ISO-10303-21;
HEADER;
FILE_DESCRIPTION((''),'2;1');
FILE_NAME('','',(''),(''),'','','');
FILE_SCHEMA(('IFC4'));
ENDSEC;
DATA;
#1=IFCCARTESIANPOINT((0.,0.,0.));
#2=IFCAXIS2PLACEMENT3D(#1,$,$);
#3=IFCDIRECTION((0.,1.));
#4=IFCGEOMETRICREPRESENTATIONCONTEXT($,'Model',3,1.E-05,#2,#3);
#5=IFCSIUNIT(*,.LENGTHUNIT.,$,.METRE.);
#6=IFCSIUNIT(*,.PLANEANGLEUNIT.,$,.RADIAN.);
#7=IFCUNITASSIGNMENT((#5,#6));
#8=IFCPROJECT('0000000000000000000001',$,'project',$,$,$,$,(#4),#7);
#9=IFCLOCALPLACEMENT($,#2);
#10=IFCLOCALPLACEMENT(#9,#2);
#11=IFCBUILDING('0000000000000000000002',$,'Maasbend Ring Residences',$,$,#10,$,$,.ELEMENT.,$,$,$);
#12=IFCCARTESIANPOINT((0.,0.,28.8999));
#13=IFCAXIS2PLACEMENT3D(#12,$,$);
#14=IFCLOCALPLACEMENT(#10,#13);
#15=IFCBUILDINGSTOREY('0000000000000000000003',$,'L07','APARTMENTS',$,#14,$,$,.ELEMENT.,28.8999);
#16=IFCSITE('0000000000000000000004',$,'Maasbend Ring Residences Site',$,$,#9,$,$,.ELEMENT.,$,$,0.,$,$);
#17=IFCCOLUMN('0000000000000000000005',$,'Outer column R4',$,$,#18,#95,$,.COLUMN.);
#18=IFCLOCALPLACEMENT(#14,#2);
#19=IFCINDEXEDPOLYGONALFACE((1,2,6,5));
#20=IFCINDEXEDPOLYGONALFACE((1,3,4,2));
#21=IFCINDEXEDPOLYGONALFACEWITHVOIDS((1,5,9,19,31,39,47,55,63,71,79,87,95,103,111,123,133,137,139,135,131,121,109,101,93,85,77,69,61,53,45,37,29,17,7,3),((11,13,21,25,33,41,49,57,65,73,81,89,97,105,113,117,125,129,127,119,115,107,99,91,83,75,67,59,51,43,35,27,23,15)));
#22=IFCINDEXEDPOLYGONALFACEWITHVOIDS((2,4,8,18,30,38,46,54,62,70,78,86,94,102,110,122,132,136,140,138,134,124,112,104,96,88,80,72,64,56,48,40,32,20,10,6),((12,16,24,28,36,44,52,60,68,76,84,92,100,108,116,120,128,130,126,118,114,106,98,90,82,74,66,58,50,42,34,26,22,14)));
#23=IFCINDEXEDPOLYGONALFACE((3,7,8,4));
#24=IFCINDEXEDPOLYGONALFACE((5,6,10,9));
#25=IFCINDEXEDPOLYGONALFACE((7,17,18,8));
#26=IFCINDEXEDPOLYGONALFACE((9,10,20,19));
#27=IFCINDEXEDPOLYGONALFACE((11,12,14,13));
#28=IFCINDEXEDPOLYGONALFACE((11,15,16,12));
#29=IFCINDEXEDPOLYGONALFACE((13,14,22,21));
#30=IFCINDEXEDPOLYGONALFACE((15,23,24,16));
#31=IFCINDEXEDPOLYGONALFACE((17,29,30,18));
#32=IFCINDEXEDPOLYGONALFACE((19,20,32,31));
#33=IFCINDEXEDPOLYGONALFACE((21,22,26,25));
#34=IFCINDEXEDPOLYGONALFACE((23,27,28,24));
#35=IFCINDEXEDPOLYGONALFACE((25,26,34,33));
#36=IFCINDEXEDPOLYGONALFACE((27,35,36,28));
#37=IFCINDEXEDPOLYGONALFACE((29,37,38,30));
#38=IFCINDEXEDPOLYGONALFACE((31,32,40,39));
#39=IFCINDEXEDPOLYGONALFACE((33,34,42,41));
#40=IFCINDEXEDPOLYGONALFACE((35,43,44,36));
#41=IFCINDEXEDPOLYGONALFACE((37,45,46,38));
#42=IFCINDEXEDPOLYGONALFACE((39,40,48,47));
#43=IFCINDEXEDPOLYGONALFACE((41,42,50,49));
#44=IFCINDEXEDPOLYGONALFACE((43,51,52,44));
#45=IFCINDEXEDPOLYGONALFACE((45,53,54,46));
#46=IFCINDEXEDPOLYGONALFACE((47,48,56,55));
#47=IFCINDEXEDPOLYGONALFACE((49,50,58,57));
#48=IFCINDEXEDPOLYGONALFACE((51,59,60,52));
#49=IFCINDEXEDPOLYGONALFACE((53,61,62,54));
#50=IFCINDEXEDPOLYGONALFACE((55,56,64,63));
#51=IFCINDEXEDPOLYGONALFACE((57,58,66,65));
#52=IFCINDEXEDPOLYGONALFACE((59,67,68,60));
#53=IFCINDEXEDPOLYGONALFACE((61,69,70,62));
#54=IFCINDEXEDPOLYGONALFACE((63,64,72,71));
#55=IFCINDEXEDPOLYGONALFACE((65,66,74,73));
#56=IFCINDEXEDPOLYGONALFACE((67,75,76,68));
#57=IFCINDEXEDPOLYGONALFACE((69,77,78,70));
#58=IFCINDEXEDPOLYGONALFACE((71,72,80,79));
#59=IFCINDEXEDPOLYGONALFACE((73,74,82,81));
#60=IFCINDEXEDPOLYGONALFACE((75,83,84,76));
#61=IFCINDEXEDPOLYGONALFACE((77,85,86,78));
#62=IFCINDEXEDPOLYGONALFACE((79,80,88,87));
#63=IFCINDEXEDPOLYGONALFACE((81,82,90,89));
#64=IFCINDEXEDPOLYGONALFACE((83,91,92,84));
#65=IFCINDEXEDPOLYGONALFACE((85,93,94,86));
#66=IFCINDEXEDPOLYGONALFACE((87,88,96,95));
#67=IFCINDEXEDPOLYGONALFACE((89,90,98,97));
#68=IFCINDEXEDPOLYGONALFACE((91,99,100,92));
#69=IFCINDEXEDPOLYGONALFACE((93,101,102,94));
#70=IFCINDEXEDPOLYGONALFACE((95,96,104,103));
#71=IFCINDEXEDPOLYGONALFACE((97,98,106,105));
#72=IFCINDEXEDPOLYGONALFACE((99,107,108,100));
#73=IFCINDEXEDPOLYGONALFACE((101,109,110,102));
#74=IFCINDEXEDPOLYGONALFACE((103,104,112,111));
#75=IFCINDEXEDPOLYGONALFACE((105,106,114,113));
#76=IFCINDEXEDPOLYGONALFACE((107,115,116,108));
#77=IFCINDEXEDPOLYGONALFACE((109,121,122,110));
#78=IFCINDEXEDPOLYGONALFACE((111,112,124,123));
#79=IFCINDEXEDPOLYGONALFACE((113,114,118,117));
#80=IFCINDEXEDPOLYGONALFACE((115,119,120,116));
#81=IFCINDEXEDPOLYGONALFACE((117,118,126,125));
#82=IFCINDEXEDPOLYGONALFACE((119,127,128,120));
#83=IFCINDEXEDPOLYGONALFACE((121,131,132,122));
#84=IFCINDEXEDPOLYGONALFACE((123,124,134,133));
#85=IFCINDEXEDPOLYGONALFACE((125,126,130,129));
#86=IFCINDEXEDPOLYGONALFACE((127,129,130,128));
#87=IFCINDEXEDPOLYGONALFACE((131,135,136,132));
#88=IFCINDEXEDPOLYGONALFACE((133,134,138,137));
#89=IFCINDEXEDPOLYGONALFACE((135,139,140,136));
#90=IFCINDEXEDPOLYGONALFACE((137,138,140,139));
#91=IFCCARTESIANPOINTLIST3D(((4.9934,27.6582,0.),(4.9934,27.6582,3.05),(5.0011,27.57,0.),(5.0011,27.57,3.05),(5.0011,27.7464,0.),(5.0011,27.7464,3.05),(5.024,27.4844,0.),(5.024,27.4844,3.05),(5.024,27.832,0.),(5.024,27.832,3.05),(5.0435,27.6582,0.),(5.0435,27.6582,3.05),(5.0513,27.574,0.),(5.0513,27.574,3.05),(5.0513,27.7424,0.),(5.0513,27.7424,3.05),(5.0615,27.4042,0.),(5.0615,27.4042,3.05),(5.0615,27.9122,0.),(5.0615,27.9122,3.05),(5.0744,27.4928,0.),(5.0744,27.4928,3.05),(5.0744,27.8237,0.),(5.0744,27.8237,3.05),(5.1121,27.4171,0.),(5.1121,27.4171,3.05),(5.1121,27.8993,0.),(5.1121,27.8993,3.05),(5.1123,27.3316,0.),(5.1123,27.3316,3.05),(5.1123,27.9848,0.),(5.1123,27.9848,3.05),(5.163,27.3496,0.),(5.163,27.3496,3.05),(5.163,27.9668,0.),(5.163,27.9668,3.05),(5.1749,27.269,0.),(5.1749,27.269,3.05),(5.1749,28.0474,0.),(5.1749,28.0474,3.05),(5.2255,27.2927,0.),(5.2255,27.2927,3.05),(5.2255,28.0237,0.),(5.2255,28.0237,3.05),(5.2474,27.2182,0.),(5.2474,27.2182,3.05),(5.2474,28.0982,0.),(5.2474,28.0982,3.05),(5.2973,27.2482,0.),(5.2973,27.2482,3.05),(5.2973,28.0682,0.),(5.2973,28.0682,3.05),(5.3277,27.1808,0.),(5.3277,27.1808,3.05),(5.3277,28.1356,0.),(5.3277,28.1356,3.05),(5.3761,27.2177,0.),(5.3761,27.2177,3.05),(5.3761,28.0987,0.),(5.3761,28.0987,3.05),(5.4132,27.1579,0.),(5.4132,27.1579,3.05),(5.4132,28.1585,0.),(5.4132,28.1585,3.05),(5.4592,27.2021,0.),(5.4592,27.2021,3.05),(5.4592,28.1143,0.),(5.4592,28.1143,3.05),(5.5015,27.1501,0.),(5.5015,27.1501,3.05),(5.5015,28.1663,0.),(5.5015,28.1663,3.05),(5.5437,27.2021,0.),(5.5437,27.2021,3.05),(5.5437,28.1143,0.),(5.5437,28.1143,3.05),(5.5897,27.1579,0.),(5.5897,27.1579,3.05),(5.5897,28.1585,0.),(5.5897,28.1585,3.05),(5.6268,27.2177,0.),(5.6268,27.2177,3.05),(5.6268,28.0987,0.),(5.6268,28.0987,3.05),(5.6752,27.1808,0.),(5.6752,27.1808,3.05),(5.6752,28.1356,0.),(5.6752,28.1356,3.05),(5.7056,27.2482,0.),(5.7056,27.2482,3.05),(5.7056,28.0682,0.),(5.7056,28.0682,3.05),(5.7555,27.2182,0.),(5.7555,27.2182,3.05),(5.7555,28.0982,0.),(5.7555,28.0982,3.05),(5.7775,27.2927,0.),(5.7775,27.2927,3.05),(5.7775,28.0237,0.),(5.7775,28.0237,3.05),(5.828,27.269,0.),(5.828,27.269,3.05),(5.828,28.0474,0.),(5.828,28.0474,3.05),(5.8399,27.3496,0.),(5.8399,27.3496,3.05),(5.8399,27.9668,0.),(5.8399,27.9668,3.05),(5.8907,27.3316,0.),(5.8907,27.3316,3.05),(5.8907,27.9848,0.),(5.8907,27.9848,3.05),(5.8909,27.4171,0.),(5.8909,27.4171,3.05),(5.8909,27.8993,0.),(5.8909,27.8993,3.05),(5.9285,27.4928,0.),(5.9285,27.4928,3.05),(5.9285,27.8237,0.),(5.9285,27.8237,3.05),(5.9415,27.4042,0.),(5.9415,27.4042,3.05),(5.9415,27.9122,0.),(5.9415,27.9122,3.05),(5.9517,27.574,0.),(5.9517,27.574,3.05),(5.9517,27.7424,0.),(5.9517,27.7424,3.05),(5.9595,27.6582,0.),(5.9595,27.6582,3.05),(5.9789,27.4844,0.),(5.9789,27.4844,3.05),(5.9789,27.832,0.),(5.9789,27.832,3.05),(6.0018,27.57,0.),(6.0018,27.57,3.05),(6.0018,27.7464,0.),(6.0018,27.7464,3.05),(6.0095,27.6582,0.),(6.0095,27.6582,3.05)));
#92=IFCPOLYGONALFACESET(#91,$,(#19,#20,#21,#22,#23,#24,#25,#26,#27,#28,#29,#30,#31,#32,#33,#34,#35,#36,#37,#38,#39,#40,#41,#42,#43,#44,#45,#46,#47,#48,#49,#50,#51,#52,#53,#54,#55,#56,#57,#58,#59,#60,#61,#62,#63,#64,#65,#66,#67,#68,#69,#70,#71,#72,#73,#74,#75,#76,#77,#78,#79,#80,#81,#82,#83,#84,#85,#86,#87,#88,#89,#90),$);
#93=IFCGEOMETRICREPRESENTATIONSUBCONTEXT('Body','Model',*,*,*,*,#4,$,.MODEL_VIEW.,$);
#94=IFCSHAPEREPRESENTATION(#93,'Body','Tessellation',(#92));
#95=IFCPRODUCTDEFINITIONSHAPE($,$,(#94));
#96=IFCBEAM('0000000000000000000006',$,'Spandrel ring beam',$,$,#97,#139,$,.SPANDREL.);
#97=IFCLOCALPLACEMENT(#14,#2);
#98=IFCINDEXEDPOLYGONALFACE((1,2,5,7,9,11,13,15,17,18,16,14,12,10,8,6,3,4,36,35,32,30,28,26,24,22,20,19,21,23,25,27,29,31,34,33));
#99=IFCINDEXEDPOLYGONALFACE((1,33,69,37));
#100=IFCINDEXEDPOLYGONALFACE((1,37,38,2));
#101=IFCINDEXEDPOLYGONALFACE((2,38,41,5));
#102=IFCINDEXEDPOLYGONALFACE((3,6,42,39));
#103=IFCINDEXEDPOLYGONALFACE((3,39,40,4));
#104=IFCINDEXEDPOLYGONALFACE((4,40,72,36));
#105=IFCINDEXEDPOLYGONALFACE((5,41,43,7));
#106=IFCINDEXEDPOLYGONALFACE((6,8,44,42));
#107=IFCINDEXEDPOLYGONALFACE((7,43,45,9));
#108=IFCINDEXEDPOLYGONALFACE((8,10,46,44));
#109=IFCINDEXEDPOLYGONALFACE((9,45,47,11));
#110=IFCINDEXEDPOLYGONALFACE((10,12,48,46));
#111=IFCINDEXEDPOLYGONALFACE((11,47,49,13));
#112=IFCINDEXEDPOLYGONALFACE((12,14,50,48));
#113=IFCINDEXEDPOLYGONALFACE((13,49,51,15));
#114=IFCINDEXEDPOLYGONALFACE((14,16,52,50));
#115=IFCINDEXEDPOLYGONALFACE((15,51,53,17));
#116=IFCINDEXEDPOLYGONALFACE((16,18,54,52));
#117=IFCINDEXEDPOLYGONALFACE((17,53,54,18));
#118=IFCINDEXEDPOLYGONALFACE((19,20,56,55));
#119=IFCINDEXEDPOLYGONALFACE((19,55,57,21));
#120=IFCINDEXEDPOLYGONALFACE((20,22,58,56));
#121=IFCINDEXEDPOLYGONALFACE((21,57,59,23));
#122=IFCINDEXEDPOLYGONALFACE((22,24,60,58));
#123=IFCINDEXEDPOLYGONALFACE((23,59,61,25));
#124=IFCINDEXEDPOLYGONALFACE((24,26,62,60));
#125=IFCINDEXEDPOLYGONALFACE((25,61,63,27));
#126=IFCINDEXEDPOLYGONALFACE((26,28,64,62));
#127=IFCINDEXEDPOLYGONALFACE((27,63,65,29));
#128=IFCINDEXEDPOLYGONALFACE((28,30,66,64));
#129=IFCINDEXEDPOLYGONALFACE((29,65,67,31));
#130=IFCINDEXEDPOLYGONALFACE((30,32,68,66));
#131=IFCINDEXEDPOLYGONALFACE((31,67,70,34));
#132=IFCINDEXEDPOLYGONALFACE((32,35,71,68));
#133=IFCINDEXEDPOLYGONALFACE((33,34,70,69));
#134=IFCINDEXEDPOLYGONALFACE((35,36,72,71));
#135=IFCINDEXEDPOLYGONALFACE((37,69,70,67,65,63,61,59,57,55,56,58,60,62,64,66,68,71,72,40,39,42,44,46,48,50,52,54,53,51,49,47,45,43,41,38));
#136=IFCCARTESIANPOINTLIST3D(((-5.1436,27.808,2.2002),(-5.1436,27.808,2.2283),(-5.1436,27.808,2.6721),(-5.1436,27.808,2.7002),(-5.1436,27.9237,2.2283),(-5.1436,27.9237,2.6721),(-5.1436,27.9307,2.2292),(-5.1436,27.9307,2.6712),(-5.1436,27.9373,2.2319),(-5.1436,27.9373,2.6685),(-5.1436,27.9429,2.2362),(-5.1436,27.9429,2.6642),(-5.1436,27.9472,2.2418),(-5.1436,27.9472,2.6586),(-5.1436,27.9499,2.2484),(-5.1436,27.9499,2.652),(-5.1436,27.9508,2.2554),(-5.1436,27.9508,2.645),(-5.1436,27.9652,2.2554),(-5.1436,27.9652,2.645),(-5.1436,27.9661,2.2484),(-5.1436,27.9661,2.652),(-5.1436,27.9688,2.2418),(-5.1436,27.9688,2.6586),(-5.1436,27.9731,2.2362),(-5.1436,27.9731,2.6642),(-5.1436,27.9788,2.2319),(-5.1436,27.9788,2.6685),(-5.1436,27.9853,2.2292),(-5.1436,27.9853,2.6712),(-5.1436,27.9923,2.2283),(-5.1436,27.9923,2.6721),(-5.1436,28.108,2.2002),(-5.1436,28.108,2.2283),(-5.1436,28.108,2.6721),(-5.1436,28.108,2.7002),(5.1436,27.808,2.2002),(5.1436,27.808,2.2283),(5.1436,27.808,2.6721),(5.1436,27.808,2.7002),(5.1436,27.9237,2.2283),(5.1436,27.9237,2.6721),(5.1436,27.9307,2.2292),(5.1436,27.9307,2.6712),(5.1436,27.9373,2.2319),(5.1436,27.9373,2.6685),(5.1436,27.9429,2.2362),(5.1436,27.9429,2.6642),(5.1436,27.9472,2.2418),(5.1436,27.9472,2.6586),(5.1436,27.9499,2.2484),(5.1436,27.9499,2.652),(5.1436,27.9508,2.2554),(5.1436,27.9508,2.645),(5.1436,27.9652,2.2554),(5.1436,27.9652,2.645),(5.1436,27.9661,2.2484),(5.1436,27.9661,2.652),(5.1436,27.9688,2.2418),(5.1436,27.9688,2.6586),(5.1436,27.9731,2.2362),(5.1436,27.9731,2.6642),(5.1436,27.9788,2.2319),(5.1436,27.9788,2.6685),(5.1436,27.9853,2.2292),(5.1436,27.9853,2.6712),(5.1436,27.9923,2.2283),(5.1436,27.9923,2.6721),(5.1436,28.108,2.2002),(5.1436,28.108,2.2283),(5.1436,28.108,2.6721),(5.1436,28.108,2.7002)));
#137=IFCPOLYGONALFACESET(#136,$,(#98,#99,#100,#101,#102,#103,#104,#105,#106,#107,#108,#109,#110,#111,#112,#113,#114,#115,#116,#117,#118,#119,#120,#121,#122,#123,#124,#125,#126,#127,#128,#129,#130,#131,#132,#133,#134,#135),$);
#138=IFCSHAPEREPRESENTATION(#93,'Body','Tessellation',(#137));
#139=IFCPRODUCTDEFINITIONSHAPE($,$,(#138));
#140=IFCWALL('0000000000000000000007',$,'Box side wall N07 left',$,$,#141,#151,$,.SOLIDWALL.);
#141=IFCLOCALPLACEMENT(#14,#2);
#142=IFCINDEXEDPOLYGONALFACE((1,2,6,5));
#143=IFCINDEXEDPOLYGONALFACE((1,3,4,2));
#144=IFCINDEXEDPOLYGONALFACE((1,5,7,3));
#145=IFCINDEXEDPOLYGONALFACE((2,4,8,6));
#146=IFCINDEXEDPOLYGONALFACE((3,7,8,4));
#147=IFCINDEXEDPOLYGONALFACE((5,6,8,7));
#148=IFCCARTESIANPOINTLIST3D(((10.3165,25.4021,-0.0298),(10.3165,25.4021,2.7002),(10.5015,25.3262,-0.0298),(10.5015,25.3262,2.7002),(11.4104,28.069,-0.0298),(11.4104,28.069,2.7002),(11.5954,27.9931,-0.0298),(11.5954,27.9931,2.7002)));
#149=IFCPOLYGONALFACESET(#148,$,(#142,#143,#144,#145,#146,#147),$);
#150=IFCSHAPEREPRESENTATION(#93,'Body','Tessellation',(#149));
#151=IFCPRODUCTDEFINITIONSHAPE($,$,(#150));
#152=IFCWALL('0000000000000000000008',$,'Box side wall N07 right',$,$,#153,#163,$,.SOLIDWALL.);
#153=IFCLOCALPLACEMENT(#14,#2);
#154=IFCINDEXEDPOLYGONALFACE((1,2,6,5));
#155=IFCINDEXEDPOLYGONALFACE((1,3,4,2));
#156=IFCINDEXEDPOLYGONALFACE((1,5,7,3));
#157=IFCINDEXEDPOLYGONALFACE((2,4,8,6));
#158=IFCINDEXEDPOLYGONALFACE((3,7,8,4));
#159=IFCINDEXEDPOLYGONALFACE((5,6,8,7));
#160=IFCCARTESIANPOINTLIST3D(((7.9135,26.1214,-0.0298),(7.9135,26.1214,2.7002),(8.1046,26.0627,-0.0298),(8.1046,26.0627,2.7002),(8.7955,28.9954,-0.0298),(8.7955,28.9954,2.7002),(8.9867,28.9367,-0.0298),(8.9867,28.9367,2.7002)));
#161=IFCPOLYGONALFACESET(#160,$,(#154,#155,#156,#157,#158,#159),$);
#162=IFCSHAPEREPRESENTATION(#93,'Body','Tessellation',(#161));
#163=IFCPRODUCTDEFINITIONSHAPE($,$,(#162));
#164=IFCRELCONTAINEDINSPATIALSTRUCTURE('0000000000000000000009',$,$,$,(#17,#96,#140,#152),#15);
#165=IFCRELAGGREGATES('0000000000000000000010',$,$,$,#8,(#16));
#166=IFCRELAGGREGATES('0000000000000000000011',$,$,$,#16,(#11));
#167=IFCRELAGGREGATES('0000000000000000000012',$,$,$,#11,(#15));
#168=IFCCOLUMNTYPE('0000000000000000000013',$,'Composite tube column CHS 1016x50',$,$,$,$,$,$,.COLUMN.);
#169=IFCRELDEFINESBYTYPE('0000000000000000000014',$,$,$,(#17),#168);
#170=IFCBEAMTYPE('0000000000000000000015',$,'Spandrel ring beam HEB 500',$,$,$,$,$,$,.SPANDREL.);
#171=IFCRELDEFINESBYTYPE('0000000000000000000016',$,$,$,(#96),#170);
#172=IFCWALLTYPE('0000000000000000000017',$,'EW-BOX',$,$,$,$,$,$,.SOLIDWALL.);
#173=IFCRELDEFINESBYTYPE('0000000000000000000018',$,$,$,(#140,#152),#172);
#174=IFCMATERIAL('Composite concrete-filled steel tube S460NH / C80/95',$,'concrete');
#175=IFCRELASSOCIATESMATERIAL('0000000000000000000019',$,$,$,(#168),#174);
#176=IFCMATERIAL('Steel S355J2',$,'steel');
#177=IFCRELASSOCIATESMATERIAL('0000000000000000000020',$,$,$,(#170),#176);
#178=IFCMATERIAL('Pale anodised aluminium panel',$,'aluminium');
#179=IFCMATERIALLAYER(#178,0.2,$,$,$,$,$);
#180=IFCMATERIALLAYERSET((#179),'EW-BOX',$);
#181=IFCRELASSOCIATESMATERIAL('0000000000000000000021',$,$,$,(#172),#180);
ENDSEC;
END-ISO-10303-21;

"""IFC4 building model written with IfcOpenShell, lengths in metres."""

from ifc_helpers import new_model, si_unit, direction, frame, frame_2d, origin, origin_2d, place, context, subcontext, project, spatial, rectangle, hollow_circle, i_section, extrude, material, layer, layer_set, material_profile, profile_set, type_object, element, save


model = new_model("IFC4")

# Units and contexts
model_context = context("Model", 3, precision=1e-05, world=origin(), true_north=direction((0.0, 1.0)))
body_context = subcontext(model_context, "Body", "Model", "MODEL_VIEW")
ifc_project = project(units=[si_unit("LENGTHUNIT", "METRE"), si_unit("PLANEANGLEUNIT", "RADIAN")], contexts=[model_context])

# Site, building, storey
site_placement = place(None, origin())
site = spatial("IfcSite", under=ifc_project, at=site_placement, Name="Maasbend Ring Residences Site", CompositionType="ELEMENT", RefElevation=0.0)
building_placement = place(site_placement, origin())
building = spatial("IfcBuilding", under=site, at=building_placement, Name="Maasbend Ring Residences", CompositionType="ELEMENT")
storey_placement = place(building_placement, frame((0.0, 0.0, 28.8999)))
storey = spatial("IfcBuildingStorey", under=building, at=storey_placement, Name="L07", Description="APARTMENTS", CompositionType="ELEMENT", Elevation=28.8999)

# Column
ifc_material_1 = material(Name="Composite concrete-filled steel tube S460NH / C80/95", Category="concrete")
ifc_material_profile_1 = material_profile(ifc_material_1, hollow_circle(Radius=0.5081, WallThickness=0.05, at=origin_2d()), Name="Composite tube column CHS 1016x50")
ifc_profile_set_1 = profile_set([ifc_material_profile_1], Name="Composite concrete-filled steel tube S460NH / C80/95")
column_type = type_object("IfcColumnType", Name="Composite tube column CHS 1016x50", PredefinedType="COLUMN", material=ifc_profile_set_1)
column_placement = place(storey_placement, frame((5.5015, 27.6582, 0.0), z_axis=(0.0, 0.0, 1.0), x_axis=(1.0, 0.0, 0.0)))
element("IfcColumn", 1, at=column_placement, inside=storey, type_object=column_type, Name="Outer column R4", PredefinedType="COLUMN", context=body_context, shape_type="SweptSolid", body=[
    extrude(hollow_circle(Radius=0.5081, WallThickness=0.05, at=origin_2d()), origin(), (0.0, 0.0, 1.0), 3.05),
])

# Beam
ifc_material_2 = material(Name="Steel S355J2", Category="steel")
ifc_material_profile_2 = material_profile(ifc_material_2, i_section(OverallWidth=0.3, OverallDepth=0.5, WebThickness=0.0144, FlangeThickness=0.0281, FilletRadius=0.0271, at=origin_2d()), Name="HEB 500")
ifc_profile_set_2 = profile_set([ifc_material_profile_2], Name="Steel S355J2")
beam_type = type_object("IfcBeamType", Name="Spandrel ring beam HEB 500", PredefinedType="SPANDREL", material=ifc_profile_set_2)
beam_placement = place(storey_placement, frame((5.1436, 27.958, 2.4502), z_axis=(-1.0, 0.0, 0.0), x_axis=(0.0, -1.0, 0.0)))
element("IfcBeam", 2, at=beam_placement, inside=storey, type_object=beam_type, Name="Spandrel ring beam", PredefinedType="SPANDREL", context=body_context, shape_type="SweptSolid", body=[
    extrude(i_section(OverallWidth=0.3, OverallDepth=0.5, WebThickness=0.0144, FlangeThickness=0.0281, FilletRadius=0.0271, at=origin_2d()), origin(), (0.0, 0.0, 1.0), 10.2871),
])

# Walls
ifc_material_3 = material(Name="Pale anodised aluminium panel", Category="aluminium")
ifc_layer_1 = layer(ifc_material_3, 0.2)
ifc_layer_set_1 = layer_set([ifc_layer_1], Name="EW-BOX")
wall_type_1 = type_object("IfcWallType", Name="EW-BOX", PredefinedType="SOLIDWALL", material=ifc_layer_set_1)
wall_1_placement = place(storey_placement, frame((10.4089, 25.364, -0.0298), z_axis=(0.0, 0.0, 1.0), x_axis=(0.37951, 0.925188, 0.0)))
element("IfcWall", 3, at=wall_1_placement, inside=storey, type_object=wall_type_1, Name="Box side wall N07 left", PredefinedType="SOLIDWALL", context=body_context, shape_type="SweptSolid", body=[
    extrude(rectangle(XDim=2.8826, YDim=0.2, at=frame_2d((1.4414, 0.0))), origin(), (0.0, 0.0, 1.0), 2.73),
])
wall_2_placement = place(storey_placement, frame((8.009, 26.092, -0.0298), z_axis=(0.0, 0.0, 1.0), x_axis=(0.293407, 0.955988, 0.0)))
element("IfcWall", 4, at=wall_2_placement, inside=storey, type_object=wall_type_1, Name="Box side wall N07 right", PredefinedType="SOLIDWALL", context=body_context, shape_type="SweptSolid", body=[
    extrude(rectangle(XDim=3.0063, YDim=0.2, at=frame_2d((1.5032, 0.0))), origin(), (0.0, 0.0, 1.0), 2.73),
])

save(model, "model.ifc")
